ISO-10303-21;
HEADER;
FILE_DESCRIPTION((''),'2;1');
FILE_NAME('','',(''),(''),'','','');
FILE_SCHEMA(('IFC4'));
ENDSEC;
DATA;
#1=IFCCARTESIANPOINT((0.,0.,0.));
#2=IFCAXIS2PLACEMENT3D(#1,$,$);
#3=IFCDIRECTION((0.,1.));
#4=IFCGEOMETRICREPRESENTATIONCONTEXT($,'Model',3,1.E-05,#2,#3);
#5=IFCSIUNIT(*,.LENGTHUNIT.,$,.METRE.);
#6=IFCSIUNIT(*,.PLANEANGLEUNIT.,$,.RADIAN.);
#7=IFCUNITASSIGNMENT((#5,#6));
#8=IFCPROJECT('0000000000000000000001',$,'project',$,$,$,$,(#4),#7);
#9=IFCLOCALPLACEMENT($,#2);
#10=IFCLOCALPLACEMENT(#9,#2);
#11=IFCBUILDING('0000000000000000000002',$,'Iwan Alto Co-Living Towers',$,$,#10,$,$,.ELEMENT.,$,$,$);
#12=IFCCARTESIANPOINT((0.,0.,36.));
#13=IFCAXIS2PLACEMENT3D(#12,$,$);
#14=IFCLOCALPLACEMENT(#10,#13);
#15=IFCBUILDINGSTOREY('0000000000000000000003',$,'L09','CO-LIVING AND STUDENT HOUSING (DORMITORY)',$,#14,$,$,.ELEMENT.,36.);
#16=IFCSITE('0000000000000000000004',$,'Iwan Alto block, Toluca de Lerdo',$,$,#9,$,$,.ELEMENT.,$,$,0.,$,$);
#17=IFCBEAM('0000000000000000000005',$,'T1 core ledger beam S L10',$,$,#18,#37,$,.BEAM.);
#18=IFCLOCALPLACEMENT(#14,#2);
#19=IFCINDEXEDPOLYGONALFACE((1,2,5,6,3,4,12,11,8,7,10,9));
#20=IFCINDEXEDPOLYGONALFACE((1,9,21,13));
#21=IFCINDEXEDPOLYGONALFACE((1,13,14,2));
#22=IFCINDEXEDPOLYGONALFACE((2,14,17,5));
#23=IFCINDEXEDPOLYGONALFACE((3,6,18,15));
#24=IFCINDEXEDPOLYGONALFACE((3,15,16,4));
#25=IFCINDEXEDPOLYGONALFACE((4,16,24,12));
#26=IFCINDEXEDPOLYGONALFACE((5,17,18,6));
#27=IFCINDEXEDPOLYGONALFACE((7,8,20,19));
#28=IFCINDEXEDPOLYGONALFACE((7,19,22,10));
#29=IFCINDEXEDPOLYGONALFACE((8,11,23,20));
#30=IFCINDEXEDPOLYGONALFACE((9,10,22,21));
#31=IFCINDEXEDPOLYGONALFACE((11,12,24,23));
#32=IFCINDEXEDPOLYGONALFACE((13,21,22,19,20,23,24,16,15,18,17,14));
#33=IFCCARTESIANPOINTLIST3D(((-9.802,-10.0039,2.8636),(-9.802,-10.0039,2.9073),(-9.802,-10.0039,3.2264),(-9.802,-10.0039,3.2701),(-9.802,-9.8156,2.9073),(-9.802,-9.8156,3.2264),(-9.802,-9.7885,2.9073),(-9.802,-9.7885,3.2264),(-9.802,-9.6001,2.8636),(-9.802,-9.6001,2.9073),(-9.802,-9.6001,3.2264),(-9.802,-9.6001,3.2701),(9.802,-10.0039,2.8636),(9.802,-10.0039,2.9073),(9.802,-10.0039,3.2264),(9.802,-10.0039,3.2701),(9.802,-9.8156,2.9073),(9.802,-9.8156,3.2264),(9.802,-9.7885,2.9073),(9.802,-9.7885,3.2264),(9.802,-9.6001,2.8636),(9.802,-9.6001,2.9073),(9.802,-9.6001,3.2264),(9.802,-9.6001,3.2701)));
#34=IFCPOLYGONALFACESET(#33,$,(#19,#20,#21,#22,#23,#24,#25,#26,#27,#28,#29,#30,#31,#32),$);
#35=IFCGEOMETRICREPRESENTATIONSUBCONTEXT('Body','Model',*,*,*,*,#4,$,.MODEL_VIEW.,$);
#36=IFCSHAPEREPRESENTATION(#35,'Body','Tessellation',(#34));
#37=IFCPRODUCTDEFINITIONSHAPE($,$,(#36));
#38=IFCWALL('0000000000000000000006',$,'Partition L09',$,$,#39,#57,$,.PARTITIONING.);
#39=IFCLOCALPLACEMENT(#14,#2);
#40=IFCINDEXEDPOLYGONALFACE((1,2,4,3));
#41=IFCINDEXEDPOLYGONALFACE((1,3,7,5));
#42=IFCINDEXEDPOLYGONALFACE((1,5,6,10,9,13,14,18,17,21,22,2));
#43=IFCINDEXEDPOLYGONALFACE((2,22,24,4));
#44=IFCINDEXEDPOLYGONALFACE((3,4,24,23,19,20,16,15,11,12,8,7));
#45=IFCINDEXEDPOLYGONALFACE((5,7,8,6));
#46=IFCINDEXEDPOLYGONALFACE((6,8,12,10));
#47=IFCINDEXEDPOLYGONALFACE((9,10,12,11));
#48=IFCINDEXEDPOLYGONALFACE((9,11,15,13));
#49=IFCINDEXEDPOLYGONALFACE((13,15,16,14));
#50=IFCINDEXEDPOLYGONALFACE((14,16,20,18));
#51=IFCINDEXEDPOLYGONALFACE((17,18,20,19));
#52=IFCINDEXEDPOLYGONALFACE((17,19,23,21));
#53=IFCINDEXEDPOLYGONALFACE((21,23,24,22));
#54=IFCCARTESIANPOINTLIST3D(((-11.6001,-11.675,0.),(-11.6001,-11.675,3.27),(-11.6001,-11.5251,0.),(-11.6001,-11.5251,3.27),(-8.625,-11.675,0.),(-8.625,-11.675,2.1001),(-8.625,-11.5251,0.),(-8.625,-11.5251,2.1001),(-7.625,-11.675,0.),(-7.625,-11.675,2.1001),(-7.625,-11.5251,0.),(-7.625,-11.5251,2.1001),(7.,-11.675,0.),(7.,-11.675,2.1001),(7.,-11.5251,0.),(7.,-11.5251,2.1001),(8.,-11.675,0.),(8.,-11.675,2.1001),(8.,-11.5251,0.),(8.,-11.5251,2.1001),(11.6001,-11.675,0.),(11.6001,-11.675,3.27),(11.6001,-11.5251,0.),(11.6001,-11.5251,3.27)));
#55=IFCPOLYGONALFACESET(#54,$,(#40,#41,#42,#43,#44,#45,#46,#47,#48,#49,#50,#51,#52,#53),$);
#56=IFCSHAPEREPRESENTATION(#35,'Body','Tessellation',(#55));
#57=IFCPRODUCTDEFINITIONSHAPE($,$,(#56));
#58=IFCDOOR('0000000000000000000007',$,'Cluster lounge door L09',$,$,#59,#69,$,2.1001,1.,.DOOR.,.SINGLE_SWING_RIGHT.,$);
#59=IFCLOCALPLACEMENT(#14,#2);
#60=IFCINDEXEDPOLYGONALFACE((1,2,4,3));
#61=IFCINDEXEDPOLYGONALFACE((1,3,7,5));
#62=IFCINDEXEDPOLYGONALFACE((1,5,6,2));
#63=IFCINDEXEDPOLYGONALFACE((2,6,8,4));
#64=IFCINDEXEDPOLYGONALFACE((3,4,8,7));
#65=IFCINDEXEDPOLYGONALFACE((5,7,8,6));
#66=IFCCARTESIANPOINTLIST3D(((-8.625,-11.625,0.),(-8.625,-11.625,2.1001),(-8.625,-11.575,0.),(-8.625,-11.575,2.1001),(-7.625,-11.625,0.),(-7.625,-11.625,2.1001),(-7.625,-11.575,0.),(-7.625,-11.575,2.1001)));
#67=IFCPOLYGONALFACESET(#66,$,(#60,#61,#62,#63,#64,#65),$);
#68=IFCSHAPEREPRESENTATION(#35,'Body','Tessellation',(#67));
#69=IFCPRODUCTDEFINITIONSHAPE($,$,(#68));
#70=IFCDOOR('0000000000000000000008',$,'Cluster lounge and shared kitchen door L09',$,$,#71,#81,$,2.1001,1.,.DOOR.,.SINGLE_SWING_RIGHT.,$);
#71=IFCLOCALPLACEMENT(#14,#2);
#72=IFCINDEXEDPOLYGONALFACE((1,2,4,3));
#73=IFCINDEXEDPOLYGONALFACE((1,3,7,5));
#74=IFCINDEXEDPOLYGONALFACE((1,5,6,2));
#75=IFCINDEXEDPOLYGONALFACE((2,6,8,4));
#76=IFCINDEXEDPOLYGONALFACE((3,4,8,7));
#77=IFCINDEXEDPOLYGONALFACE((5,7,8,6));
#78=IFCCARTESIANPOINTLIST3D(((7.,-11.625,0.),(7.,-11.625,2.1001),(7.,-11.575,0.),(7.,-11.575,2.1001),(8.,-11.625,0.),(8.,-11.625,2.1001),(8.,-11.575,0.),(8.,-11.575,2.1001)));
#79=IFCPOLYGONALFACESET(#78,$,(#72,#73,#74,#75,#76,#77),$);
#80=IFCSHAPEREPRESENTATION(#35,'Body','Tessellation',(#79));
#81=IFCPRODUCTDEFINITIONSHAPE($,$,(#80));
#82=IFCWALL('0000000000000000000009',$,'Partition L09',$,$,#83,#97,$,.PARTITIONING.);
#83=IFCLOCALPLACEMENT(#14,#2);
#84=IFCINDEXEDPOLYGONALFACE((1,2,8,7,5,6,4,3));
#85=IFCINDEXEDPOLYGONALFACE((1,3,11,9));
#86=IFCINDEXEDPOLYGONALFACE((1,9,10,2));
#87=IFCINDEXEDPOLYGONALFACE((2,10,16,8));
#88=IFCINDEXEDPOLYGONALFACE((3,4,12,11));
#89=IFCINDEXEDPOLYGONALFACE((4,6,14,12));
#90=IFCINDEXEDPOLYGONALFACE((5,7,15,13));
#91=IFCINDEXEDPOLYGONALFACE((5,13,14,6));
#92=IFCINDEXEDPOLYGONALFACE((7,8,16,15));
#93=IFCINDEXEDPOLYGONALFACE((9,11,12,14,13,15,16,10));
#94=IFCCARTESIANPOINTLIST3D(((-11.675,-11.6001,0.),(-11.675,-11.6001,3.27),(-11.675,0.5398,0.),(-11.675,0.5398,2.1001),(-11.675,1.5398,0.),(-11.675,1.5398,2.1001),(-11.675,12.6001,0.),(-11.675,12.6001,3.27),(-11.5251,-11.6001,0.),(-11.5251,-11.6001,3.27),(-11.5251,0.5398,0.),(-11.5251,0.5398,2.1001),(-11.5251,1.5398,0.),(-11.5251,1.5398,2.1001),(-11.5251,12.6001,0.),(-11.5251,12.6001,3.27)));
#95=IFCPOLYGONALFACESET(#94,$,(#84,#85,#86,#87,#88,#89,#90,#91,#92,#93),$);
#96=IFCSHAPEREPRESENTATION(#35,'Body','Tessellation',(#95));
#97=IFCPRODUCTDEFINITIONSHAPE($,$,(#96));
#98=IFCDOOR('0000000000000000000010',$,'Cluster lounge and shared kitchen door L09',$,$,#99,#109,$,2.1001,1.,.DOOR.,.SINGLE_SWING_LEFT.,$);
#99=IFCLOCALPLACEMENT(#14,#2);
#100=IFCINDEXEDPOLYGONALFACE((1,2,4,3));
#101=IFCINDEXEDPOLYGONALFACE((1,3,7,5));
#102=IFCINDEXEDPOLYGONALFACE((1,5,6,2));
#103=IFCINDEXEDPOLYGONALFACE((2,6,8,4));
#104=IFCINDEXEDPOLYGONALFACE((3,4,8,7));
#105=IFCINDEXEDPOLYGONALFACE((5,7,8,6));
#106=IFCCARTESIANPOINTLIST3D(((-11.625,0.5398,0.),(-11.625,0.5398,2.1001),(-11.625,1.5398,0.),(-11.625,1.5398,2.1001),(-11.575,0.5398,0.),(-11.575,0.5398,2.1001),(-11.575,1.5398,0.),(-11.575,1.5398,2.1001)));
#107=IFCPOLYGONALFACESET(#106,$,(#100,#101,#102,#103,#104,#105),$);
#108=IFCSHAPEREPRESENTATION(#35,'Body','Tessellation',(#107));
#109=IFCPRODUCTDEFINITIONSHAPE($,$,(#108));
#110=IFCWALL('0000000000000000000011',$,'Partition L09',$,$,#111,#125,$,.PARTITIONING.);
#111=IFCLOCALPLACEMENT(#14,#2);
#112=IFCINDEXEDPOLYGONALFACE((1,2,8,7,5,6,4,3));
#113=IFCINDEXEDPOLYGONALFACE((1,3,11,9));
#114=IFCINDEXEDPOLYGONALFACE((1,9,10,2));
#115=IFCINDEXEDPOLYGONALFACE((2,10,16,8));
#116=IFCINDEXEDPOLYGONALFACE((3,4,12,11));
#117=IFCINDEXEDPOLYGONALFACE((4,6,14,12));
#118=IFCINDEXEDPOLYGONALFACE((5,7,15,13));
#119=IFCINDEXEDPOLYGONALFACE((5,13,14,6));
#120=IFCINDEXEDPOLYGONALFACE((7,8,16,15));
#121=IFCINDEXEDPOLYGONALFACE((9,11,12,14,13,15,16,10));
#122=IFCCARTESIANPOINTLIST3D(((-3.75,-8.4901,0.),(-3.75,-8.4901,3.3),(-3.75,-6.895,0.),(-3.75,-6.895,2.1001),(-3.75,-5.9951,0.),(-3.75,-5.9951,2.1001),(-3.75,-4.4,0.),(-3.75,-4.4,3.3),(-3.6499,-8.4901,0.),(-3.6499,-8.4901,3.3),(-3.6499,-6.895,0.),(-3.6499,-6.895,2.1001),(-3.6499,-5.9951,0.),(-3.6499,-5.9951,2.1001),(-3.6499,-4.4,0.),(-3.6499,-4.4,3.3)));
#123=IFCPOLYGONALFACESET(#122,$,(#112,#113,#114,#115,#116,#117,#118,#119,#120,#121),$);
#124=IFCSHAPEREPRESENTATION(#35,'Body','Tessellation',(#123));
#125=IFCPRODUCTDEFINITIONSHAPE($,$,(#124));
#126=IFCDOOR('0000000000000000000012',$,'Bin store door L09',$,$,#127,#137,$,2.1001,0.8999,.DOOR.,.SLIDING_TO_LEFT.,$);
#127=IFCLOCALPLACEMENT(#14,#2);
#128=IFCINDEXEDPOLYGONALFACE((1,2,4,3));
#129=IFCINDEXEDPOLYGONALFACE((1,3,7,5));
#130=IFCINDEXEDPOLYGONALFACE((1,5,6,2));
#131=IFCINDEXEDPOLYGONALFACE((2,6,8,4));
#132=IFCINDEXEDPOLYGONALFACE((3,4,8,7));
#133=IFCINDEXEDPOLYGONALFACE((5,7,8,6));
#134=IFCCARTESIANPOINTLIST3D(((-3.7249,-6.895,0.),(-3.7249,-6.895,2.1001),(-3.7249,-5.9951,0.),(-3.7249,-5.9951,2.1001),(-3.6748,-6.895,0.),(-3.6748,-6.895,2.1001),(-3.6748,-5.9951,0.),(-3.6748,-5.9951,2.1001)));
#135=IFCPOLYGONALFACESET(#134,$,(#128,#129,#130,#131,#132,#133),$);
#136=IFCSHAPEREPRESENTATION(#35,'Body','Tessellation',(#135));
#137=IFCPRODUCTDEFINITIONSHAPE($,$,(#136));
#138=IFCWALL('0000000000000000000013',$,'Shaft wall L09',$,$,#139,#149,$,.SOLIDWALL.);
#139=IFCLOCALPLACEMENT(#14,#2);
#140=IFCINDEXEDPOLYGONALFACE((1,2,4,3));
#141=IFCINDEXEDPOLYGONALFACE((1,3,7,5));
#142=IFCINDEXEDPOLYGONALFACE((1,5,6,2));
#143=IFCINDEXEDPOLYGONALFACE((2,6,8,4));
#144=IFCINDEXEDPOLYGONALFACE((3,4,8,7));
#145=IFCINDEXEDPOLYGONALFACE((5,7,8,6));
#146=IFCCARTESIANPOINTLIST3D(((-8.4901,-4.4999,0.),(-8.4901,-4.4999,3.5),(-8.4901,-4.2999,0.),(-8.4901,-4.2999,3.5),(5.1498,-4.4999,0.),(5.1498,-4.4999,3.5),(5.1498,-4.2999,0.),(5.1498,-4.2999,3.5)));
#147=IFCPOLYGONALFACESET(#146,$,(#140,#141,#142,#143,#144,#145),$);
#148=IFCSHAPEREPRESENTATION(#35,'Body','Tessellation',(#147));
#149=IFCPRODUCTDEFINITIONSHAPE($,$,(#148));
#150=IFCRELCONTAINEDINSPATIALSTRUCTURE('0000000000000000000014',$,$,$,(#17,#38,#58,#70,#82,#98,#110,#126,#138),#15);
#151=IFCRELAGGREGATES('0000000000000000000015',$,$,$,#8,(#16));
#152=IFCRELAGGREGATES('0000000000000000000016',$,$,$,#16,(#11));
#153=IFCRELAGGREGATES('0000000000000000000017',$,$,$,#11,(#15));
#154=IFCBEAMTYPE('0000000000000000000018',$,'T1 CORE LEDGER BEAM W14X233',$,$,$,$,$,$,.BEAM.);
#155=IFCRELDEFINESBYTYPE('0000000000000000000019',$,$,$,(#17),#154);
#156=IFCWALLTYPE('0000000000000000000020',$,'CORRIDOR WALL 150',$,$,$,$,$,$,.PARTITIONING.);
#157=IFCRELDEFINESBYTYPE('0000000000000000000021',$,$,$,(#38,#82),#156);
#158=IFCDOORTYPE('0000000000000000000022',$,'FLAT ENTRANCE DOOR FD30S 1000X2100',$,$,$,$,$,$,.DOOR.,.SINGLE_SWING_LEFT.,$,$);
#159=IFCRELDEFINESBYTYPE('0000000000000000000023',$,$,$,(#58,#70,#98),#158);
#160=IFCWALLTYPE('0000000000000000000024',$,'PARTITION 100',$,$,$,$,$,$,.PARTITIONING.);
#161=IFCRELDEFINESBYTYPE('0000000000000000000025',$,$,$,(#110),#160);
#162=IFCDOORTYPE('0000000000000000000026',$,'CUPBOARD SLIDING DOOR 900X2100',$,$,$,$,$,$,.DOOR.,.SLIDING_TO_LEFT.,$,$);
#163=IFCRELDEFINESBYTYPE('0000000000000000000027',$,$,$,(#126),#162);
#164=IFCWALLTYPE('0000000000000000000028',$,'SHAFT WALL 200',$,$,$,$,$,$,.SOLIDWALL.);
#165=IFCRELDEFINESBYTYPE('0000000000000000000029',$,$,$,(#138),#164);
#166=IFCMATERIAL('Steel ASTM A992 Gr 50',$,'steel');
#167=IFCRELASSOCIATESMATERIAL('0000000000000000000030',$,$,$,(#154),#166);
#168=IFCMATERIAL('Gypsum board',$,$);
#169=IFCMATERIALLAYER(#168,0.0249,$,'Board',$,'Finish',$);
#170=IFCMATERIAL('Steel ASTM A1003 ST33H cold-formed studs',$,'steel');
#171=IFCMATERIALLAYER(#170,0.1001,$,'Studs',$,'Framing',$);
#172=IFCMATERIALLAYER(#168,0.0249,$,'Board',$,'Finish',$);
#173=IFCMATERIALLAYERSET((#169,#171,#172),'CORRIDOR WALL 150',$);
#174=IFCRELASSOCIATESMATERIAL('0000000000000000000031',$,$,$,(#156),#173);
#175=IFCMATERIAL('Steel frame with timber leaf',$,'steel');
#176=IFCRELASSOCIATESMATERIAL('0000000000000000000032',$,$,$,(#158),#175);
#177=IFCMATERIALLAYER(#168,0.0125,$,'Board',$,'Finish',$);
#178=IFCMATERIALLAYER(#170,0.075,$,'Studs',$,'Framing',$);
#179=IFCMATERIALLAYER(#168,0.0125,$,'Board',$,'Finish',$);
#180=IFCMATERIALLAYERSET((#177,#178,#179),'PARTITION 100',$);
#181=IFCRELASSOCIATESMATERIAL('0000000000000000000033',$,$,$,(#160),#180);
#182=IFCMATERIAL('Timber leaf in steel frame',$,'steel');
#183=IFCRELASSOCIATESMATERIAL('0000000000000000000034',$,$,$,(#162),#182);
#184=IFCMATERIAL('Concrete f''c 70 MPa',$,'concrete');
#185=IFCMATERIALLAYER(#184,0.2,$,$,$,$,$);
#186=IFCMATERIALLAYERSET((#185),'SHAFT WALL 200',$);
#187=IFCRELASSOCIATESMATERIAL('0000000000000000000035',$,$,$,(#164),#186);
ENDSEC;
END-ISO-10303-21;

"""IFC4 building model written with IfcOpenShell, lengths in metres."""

from ifc_helpers import new_model, si_unit, direction, frame, frame_2d, origin, origin_2d, place, context, subcontext, project, spatial, rectangle, i_section, extrude, material, layer, layer_set, material_profile, profile_set, type_object, element, fill, save


model = new_model("IFC4")

# Units and contexts
model_context = context("Model", 3, precision=1e-05, world=origin(), true_north=direction((0.0, 1.0)))
body_context = subcontext(model_context, "Body", "Model", "MODEL_VIEW")
ifc_project = project(units=[si_unit("LENGTHUNIT", "METRE"), si_unit("PLANEANGLEUNIT", "RADIAN")], contexts=[model_context])

# Site, building, storey
site_placement = place(None, origin())
site = spatial("IfcSite", under=ifc_project, at=site_placement, Name="Iwan Alto block, Toluca de Lerdo", CompositionType="ELEMENT", RefElevation=0.0)
building_placement = place(site_placement, origin())
building = spatial("IfcBuilding", under=site, at=building_placement, Name="Iwan Alto Co-Living Towers", CompositionType="ELEMENT")
storey_placement = place(building_placement, frame((0.0, 0.0, 36.0)))
storey = spatial("IfcBuildingStorey", under=building, at=storey_placement, Name="L09", Description="CO-LIVING AND STUDENT HOUSING (DORMITORY)", CompositionType="ELEMENT", Elevation=36.0)

# Beam
ifc_material_1 = material(Name="Steel ASTM A992 Gr 50", Category="steel")
ifc_material_profile = material_profile(ifc_material_1, i_section(OverallWidth=0.4038, OverallDepth=0.4065, WebThickness=0.0271, FlangeThickness=0.0437, at=origin_2d()), Name="W14X233")
ifc_profile_set = profile_set([ifc_material_profile], Name="Steel ASTM A992 Gr 50")
beam_type = type_object("IfcBeamType", Name="T1 CORE LEDGER BEAM W14X233", PredefinedType="BEAM", material=ifc_profile_set)
beam_placement = place(storey_placement, frame((-9.802, -9.802, 3.0669), z_axis=(1.0, 0.0, 0.0), x_axis=(0.0, 1.0, 0.0)))
element("IfcBeam", 1, at=beam_placement, inside=storey, type_object=beam_type, Name="T1 core ledger beam S L10", PredefinedType="BEAM", context=body_context, shape_type="SweptSolid", body=[
    extrude(i_section(OverallWidth=0.4038, OverallDepth=0.4065, WebThickness=0.0271, FlangeThickness=0.0437, at=origin_2d()), origin(), (0.0, 0.0, 1.0), 19.604),
])

# Wall, openings, doors
ifc_material_2 = material(Name="Gypsum board")
ifc_layer_1 = layer(ifc_material_2, 0.0249, Name="Board", Category="Finish")
ifc_material_3 = material(Name="Steel ASTM A1003 ST33H cold-formed studs", Category="steel")
ifc_layer_2 = layer(ifc_material_3, 0.1001, Name="Studs", Category="Framing")
ifc_layer_3 = layer(ifc_material_2, 0.0249, Name="Board", Category="Finish")
ifc_layer_set_1 = layer_set([ifc_layer_1, ifc_layer_2, ifc_layer_3], Name="CORRIDOR WALL 150")
wall_type_1 = type_object("IfcWallType", Name="CORRIDOR WALL 150", PredefinedType="PARTITIONING", material=ifc_layer_set_1)
wall_1_placement = place(storey_placement, frame((-11.6001, -11.6001, 0.0), z_axis=(0.0, 0.0, 1.0), x_axis=(1.0, 0.0, 0.0)))
wall_1 = element("IfcWall", 2, at=wall_1_placement, inside=storey, type_object=wall_type_1, Name="Partition L09", PredefinedType="PARTITIONING", context=body_context, shape_type="SweptSolid", body=[
    extrude(rectangle(XDim=23.2002, YDim=0.1499, at=frame_2d((11.6001, 0.0))), origin(), (0.0, 0.0, 1.0), 3.27),
])
opening_1_placement = place(wall_1_placement, frame((2.9751, 0.0, 0.0)))
opening_1 = element("IfcOpeningElement", 3, at=opening_1_placement, cuts=wall_1, PredefinedType="OPENING", context=body_context, shape_type="SweptSolid", body=[
    extrude(rectangle(XDim=1.0, YDim=2.1001, at=frame_2d((0.5, 1.05))), frame((0.0, 0.085, 0.0), z_axis=(0.0, -1.0, 0.0), x_axis=(1.0, 0.0, 0.0)), (0.0, 0.0, 1.0), 0.1699),
])
opening_2_placement = place(wall_1_placement, frame((18.6001, 0.0, 0.0)))
opening_2 = element("IfcOpeningElement", 4, at=opening_2_placement, cuts=wall_1, PredefinedType="OPENING", context=body_context, shape_type="SweptSolid", body=[
    extrude(rectangle(XDim=1.0, YDim=2.1001, at=frame_2d((0.5, 1.05))), frame((0.0, 0.085, 0.0), z_axis=(0.0, -1.0, 0.0), x_axis=(1.0, 0.0, 0.0)), (0.0, 0.0, 1.0), 0.1699),
])
ifc_material_4 = material(Name="Steel frame with timber leaf", Category="steel")
door_type_1 = type_object("IfcDoorType", Name="FLAT ENTRANCE DOOR FD30S 1000X2100", OperationType="SINGLE_SWING_LEFT", PredefinedType="DOOR", material=ifc_material_4)
door_1_placement = place(opening_1_placement, frame((1.0, 0.0, 0.0), z_axis=(0.0, 0.0, 1.0), x_axis=(-1.0, 0.0, 0.0)))
door_1 = element("IfcDoor", 5, at=door_1_placement, inside=storey, type_object=door_type_1, Name="Cluster lounge door L09", OperationType="SINGLE_SWING_RIGHT", OverallHeight=2.1001, OverallWidth=1.0, PredefinedType="DOOR", context=body_context, shape_type="SweptSolid", body=[
    extrude(rectangle(XDim=1.0, YDim=2.1001, at=frame_2d((0.5, 1.05))), frame((0.0, 0.0249, 0.0), z_axis=(0.0, -1.0, 0.0), x_axis=(1.0, 0.0, 0.0)), (0.0, 0.0, 1.0), 0.05),
])
fill(opening_1, door_1)
door_2_placement = place(opening_2_placement, frame((1.0, 0.0, 0.0), z_axis=(0.0, 0.0, 1.0), x_axis=(-1.0, 0.0, 0.0)))
door_2 = element("IfcDoor", 6, at=door_2_placement, inside=storey, type_object=door_type_1, Name="Cluster lounge and shared kitchen door L09", OperationType="SINGLE_SWING_RIGHT", OverallHeight=2.1001, OverallWidth=1.0, PredefinedType="DOOR", context=body_context, shape_type="SweptSolid", body=[
    extrude(rectangle(XDim=1.0, YDim=2.1001, at=frame_2d((0.5, 1.05))), frame((0.0, 0.0249, 0.0), z_axis=(0.0, -1.0, 0.0), x_axis=(1.0, 0.0, 0.0)), (0.0, 0.0, 1.0), 0.05),
])
fill(opening_2, door_2)

# Walls, openings, doors
wall_2_placement = place(storey_placement, frame((-11.6001, -11.6001, 0.0), z_axis=(0.0, 0.0, 1.0), x_axis=(0.0, 1.0, 0.0)))
wall_2 = element("IfcWall", 7, at=wall_2_placement, inside=storey, type_object=wall_type_1, Name="Partition L09", PredefinedType="PARTITIONING", context=body_context, shape_type="SweptSolid", body=[
    extrude(rectangle(XDim=24.2002, YDim=0.1499, at=frame_2d((12.1001, 0.0))), origin(), (0.0, 0.0, 1.0), 3.27),
])
opening_3_placement = place(wall_2_placement, frame((12.1399, 0.0, 0.0)))
opening_3 = element("IfcOpeningElement", 8, at=opening_3_placement, cuts=wall_2, PredefinedType="OPENING", context=body_context, shape_type="SweptSolid", body=[
    extrude(rectangle(XDim=1.0, YDim=2.1001, at=frame_2d((0.5, 1.05))), frame((0.0, 0.085, 0.0), z_axis=(0.0, -1.0, 0.0), x_axis=(1.0, 0.0, 0.0)), (0.0, 0.0, 1.0), 0.1699),
])
door_3_placement = place(opening_3_placement, origin())
door_3 = element("IfcDoor", 9, at=door_3_placement, inside=storey, type_object=door_type_1, Name="Cluster lounge and shared kitchen door L09", OperationType="SINGLE_SWING_LEFT", OverallHeight=2.1001, OverallWidth=1.0, PredefinedType="DOOR", context=body_context, shape_type="SweptSolid", body=[
    extrude(rectangle(XDim=1.0, YDim=2.1001, at=frame_2d((0.5, 1.05))), frame((0.0, 0.0249, 0.0), z_axis=(0.0, -1.0, 0.0), x_axis=(1.0, 0.0, 0.0)), (0.0, 0.0, 1.0), 0.05),
])
fill(opening_3, door_3)
ifc_layer_4 = layer(ifc_material_2, 0.0125, Name="Board", Category="Finish")
ifc_layer_5 = layer(ifc_material_3, 0.075, Name="Studs", Category="Framing")
ifc_layer_6 = layer(ifc_material_2, 0.0125, Name="Board", Category="Finish")
ifc_layer_set_2 = layer_set([ifc_layer_4, ifc_layer_5, ifc_layer_6], Name="PARTITION 100")
wall_type_2 = type_object("IfcWallType", Name="PARTITION 100", PredefinedType="PARTITIONING", material=ifc_layer_set_2)
wall_3_placement = place(storey_placement, frame((-3.7, -8.49, 0.0), z_axis=(0.0, 0.0, 1.0), x_axis=(0.0, 1.0, 0.0)))
wall_3 = element("IfcWall", 10, at=wall_3_placement, inside=storey, type_object=wall_type_2, Name="Partition L09", PredefinedType="PARTITIONING", context=body_context, shape_type="SweptSolid", body=[
    extrude(rectangle(XDim=4.0901, YDim=0.1001, at=frame_2d((2.0449, 0.0))), origin(), (0.0, 0.0, 1.0), 3.3),
])
opening_4_placement = place(wall_3_placement, frame((1.595, 0.0, 0.0)))
opening_4 = element("IfcOpeningElement", 11, at=opening_4_placement, cuts=wall_3, PredefinedType="OPENING", context=body_context, shape_type="SweptSolid", body=[
    extrude(rectangle(XDim=0.8999, YDim=2.1001, at=frame_2d((0.45, 1.05))), frame((0.0, 0.0601, 0.0), z_axis=(0.0, -1.0, 0.0), x_axis=(1.0, 0.0, 0.0)), (0.0, 0.0, 1.0), 0.1201),
])
ifc_material_5 = material(Name="Timber leaf in steel frame", Category="steel")
door_type_2 = type_object("IfcDoorType", Name="CUPBOARD SLIDING DOOR 900X2100", OperationType="SLIDING_TO_LEFT", PredefinedType="DOOR", material=ifc_material_5)
door_4_placement = place(opening_4_placement, origin())
door_4 = element("IfcDoor", 12, at=door_4_placement, inside=storey, type_object=door_type_2, Name="Bin store door L09", OperationType="SLIDING_TO_LEFT", OverallHeight=2.1001, OverallWidth=0.8999, PredefinedType="DOOR", context=body_context, shape_type="SweptSolid", body=[
    extrude(rectangle(XDim=0.8999, YDim=2.1001, at=frame_2d((0.45, 1.05))), frame((0.0, 0.0249, 0.0), z_axis=(0.0, -1.0, 0.0), x_axis=(1.0, 0.0, 0.0)), (0.0, 0.0, 1.0), 0.05),
])
fill(opening_4, door_4)

# Wall
ifc_material_6 = material(Name="Concrete f'c 70 MPa", Category="concrete")
ifc_layer_7 = layer(ifc_material_6, 0.2)
ifc_layer_set_3 = layer_set([ifc_layer_7], Name="SHAFT WALL 200")
wall_type_3 = type_object("IfcWallType", Name="SHAFT WALL 200", PredefinedType="SOLIDWALL", material=ifc_layer_set_3)
wall_4_placement = place(storey_placement, frame((-8.49, -4.3999, 0.0), z_axis=(0.0, 0.0, 1.0), x_axis=(1.0, 0.0, 0.0)))
element("IfcWall", 13, at=wall_4_placement, inside=storey, type_object=wall_type_3, Name="Shaft wall L09", PredefinedType="SOLIDWALL", context=body_context, shape_type="SweptSolid", body=[
    extrude(rectangle(XDim=13.6399, YDim=0.2, at=frame_2d((6.8198, 0.0))), origin(), (0.0, 0.0, 1.0), 3.5),
])

save(model, "model.ifc")
